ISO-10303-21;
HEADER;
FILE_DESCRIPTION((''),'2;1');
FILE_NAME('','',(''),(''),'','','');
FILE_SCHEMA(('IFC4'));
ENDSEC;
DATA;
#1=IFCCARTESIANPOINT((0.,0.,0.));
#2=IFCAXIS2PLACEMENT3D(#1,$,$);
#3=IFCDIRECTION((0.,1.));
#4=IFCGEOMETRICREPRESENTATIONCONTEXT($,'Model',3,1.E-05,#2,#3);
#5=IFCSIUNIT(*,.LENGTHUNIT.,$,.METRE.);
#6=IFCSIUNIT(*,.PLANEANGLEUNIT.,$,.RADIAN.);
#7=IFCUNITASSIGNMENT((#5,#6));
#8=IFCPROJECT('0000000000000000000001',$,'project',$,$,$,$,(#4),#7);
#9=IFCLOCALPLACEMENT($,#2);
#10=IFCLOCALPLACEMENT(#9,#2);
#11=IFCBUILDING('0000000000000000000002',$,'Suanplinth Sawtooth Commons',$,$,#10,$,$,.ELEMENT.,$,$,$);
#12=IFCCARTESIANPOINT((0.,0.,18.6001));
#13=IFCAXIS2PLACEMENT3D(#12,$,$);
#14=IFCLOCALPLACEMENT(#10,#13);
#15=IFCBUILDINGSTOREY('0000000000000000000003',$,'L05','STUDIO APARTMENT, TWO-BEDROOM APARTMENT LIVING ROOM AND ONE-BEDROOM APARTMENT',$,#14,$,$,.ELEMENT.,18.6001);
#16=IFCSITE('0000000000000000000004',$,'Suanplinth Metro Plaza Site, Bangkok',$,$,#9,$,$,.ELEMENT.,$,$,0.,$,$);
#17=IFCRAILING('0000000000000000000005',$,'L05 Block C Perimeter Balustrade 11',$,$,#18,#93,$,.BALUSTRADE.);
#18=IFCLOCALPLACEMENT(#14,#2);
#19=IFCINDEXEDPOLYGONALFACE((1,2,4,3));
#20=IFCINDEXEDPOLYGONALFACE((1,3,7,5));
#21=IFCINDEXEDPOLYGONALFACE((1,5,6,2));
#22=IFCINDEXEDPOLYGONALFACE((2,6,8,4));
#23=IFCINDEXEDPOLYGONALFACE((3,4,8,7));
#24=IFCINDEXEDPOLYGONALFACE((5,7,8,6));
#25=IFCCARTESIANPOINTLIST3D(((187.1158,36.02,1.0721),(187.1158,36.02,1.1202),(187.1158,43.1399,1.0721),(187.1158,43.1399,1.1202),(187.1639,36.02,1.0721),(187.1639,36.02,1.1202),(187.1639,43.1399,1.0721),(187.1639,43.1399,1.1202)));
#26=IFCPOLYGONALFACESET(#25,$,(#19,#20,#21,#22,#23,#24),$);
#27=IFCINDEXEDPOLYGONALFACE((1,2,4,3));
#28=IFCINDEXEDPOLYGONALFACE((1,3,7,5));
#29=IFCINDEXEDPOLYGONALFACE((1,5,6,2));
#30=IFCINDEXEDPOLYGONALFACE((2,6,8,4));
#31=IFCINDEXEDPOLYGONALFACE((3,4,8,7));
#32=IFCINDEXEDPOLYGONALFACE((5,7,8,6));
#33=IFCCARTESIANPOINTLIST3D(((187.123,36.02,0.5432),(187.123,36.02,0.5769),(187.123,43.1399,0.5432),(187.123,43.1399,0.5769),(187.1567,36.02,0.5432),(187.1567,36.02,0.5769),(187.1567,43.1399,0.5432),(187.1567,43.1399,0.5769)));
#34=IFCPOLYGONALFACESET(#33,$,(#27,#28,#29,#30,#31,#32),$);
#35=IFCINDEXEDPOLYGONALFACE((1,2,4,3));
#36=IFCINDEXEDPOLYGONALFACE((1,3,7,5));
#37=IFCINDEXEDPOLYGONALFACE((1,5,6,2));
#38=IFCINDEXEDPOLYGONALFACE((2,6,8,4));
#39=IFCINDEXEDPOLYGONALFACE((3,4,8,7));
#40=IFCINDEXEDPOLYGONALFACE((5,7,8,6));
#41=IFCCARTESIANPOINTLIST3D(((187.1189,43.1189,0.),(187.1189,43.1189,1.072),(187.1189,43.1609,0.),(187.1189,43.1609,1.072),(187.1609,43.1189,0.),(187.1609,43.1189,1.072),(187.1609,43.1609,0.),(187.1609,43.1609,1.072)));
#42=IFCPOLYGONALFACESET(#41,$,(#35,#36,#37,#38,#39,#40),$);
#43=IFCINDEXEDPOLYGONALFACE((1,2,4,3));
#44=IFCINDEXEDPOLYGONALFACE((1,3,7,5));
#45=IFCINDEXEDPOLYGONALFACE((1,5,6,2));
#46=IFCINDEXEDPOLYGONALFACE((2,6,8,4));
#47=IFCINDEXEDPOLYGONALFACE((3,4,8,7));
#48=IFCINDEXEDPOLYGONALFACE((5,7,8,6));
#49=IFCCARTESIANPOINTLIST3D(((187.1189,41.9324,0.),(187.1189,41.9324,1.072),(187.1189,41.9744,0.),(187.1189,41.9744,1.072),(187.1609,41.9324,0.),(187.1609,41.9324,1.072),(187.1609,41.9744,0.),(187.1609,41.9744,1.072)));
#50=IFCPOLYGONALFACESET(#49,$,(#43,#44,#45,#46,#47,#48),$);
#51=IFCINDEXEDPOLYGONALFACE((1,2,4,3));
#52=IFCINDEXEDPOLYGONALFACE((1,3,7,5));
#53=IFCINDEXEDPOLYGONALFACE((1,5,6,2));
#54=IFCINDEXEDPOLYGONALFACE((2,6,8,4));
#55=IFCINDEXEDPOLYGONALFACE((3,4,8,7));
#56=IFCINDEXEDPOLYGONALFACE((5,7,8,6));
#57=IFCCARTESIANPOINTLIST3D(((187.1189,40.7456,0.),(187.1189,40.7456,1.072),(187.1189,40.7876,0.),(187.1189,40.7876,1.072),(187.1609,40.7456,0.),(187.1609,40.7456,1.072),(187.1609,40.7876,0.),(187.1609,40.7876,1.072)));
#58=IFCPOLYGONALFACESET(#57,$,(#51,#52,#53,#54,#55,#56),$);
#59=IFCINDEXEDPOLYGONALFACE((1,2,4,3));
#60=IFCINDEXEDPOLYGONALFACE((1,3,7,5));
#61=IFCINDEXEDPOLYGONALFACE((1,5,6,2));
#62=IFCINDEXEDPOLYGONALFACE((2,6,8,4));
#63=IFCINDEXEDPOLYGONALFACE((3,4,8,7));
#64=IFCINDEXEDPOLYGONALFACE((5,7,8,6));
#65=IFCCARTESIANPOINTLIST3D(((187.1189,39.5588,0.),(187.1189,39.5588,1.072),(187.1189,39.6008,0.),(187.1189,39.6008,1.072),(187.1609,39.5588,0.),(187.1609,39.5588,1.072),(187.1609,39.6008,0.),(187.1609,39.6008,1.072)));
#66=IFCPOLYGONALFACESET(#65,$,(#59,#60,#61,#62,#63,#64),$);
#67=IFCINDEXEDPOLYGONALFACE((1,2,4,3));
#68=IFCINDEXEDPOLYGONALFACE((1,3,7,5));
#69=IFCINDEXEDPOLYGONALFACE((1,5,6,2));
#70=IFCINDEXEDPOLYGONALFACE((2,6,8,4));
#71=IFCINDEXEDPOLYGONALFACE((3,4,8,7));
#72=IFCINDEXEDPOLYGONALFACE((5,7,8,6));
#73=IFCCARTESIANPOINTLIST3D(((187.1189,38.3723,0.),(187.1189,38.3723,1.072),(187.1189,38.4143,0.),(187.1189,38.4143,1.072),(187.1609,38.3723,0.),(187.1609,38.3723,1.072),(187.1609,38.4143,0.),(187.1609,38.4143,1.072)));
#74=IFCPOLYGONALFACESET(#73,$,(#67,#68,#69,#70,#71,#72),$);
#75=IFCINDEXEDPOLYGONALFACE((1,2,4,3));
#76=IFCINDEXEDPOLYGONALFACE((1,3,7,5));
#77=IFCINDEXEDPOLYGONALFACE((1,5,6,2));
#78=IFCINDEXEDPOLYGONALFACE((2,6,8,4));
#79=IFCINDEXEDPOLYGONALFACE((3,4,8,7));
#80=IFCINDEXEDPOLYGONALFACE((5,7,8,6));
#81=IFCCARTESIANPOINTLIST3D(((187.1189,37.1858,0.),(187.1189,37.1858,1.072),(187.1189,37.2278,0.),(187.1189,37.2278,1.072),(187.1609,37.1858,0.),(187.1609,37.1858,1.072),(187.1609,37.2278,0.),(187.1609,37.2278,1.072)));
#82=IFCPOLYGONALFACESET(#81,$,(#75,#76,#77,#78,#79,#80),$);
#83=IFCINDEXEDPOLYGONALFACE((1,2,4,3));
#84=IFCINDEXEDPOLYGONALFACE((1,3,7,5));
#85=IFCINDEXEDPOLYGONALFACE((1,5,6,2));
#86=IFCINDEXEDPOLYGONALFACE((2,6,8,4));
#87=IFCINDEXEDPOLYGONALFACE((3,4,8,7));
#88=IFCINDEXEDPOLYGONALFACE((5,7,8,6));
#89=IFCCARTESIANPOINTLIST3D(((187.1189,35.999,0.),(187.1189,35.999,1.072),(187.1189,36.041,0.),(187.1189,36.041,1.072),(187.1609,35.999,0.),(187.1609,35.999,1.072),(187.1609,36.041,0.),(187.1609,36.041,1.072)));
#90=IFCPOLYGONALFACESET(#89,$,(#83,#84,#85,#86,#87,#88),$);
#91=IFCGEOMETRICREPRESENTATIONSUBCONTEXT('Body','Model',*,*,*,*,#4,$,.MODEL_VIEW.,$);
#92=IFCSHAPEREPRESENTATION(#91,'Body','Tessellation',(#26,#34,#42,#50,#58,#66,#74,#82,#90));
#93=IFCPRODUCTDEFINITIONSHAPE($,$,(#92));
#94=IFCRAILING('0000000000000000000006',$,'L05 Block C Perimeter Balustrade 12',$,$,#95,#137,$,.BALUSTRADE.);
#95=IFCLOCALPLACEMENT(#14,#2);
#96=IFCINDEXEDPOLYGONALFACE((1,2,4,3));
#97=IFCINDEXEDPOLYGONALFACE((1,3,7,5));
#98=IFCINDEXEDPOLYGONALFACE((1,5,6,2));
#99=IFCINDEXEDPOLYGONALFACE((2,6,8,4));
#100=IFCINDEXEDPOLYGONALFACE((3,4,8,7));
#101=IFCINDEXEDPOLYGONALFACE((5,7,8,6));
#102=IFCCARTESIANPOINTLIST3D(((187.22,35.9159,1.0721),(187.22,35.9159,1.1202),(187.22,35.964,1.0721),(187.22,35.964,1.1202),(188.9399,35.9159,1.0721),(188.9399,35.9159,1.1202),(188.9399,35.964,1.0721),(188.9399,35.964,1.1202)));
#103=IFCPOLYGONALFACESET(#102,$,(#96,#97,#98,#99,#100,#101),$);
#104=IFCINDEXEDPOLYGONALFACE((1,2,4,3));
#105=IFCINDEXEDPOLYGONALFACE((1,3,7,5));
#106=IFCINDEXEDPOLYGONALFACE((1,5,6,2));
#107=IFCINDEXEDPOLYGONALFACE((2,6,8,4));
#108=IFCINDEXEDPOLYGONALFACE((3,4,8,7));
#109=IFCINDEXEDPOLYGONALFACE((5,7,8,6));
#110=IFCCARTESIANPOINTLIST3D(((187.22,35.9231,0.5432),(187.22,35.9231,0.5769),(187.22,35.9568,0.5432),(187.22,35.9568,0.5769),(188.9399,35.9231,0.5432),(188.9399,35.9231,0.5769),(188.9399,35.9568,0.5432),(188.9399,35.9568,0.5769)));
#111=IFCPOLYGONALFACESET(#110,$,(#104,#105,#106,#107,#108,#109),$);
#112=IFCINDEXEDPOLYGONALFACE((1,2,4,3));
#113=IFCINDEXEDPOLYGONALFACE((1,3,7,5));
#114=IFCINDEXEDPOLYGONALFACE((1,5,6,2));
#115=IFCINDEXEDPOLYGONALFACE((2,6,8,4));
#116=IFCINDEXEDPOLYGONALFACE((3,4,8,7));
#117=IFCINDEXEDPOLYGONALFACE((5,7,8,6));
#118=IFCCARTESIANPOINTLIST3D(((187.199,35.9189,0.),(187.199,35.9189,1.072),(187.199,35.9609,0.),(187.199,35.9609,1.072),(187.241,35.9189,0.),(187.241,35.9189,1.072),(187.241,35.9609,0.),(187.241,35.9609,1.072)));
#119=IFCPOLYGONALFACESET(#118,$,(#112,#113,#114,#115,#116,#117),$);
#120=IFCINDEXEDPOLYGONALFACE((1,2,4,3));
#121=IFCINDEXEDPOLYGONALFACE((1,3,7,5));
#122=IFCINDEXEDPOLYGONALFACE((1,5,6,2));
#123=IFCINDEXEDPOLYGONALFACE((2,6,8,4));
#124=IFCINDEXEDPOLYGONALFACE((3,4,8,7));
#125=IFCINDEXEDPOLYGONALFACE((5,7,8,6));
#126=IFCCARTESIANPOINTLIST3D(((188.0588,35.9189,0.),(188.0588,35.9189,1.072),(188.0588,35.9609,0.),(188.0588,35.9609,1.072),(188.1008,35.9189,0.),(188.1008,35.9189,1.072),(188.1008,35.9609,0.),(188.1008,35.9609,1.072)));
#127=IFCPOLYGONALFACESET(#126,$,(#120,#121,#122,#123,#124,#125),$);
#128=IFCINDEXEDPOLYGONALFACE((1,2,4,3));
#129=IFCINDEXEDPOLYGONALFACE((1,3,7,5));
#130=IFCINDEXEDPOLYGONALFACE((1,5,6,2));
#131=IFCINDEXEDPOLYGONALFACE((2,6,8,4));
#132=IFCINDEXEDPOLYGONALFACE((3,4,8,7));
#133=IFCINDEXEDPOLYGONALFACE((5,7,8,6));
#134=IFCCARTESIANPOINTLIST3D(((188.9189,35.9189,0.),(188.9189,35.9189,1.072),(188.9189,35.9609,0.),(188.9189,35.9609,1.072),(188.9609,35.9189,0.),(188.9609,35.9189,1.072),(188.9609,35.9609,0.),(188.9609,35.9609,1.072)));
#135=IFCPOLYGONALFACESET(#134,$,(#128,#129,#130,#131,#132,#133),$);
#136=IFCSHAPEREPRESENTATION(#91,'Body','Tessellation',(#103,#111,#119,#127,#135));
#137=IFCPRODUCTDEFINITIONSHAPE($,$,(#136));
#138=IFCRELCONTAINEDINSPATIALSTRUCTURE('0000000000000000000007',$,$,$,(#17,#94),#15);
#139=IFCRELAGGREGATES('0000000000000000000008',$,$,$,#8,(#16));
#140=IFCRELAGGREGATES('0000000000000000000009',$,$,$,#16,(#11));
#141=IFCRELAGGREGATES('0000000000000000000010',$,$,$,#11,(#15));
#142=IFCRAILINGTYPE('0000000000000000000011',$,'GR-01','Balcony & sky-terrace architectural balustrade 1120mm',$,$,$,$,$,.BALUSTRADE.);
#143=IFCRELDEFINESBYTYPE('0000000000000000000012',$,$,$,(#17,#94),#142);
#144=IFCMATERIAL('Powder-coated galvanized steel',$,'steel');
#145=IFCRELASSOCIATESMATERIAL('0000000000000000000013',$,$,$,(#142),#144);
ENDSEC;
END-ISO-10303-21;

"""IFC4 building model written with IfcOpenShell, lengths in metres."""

from ifc_helpers import new_model, si_unit, direction, frame, origin, origin_2d, place, context, subcontext, project, spatial, rectangle, extrude, material, type_object, element, save


model = new_model("IFC4")

# Units and contexts
model_context = context("Model", 3, precision=1e-05, world=origin(), true_north=direction((0.0, 1.0)))
body_context = subcontext(model_context, "Body", "Model", "MODEL_VIEW")
ifc_project = project(units=[si_unit("LENGTHUNIT", "METRE"), si_unit("PLANEANGLEUNIT", "RADIAN")], contexts=[model_context])

# Site, building, storey
site_placement = place(None, origin())
site = spatial("IfcSite", under=ifc_project, at=site_placement, Name="Suanplinth Metro Plaza Site, Bangkok", CompositionType="ELEMENT", RefElevation=0.0)
building_placement = place(site_placement, origin())
building = spatial("IfcBuilding", under=site, at=building_placement, Name="Suanplinth Sawtooth Commons", CompositionType="ELEMENT")
storey_placement = place(building_placement, frame((0.0, 0.0, 18.6001)))
storey = spatial("IfcBuildingStorey", under=building, at=storey_placement, Name="L05", Description="STUDIO APARTMENT, TWO-BEDROOM APARTMENT LIVING ROOM AND ONE-BEDROOM APARTMENT", CompositionType="ELEMENT", Elevation=18.6001)

# Railings
ifc_material_1 = material(Name="Powder-coated galvanized steel", Category="steel")
railing_type = type_object("IfcRailingType", Name="GR-01", Description="Balcony & sky-terrace architectural balustrade 1120mm", PredefinedType="BALUSTRADE", material=ifc_material_1)
railing_1_placement = place(storey_placement, frame((187.1399, 43.1399, 0.0)))
element("IfcRailing", 1, at=railing_1_placement, inside=storey, type_object=railing_type, Name="L05 Block C Perimeter Balustrade 11", PredefinedType="BALUSTRADE", context=body_context, shape_type="SweptSolid", body=[
    extrude(rectangle(XDim=0.0481, YDim=0.0481, at=origin_2d()), frame((0.0, 0.0, 1.0962), z_axis=(0.0, -1.0, 0.0), x_axis=(1.0, 0.0, 0.0)), (0.0, 0.0, 1.0), 7.1199),
    extrude(rectangle(XDim=0.0337, YDim=0.0337, at=origin_2d()), frame((0.0, 0.0, 0.5601), z_axis=(0.0, -1.0, 0.0), x_axis=(1.0, 0.0, 0.0)), (0.0, 0.0, 1.0), 7.1199),
    extrude(rectangle(XDim=0.042, YDim=0.042, at=origin_2d()), origin(), (0.0, 0.0, 1.0), 1.072),
    extrude(rectangle(XDim=0.042, YDim=0.042, at=origin_2d()), frame((0.0, -1.1865, 0.0)), (0.0, 0.0, 1.0), 1.072),
    extrude(rectangle(XDim=0.042, YDim=0.042, at=origin_2d()), frame((0.0, -2.3733, 0.0)), (0.0, 0.0, 1.0), 1.072),
    extrude(rectangle(XDim=0.042, YDim=0.042, at=origin_2d()), frame((0.0, -3.5601, 0.0)), (0.0, 0.0, 1.0), 1.072),
    extrude(rectangle(XDim=0.042, YDim=0.042, at=origin_2d()), frame((0.0, -4.7466, 0.0)), (0.0, 0.0, 1.0), 1.072),
    extrude(rectangle(XDim=0.042, YDim=0.042, at=origin_2d()), frame((0.0, -5.9331, 0.0)), (0.0, 0.0, 1.0), 1.072),
    extrude(rectangle(XDim=0.042, YDim=0.042, at=origin_2d()), frame((0.0, -7.1199, 0.0)), (0.0, 0.0, 1.0), 1.072),
])
railing_2_placement = place(storey_placement, frame((187.22, 35.9399, 0.0)))
element("IfcRailing", 2, at=railing_2_placement, inside=storey, type_object=railing_type, Name="L05 Block C Perimeter Balustrade 12", PredefinedType="BALUSTRADE", context=body_context, shape_type="SweptSolid", body=[
    extrude(rectangle(XDim=0.0481, YDim=0.0481, at=origin_2d()), frame((0.0, 0.0, 1.0962), z_axis=(1.0, 0.0, 0.0), x_axis=(0.0, 1.0, 0.0)), (0.0, 0.0, 1.0), 1.72),
    extrude(rectangle(XDim=0.0337, YDim=0.0337, at=origin_2d()), frame((0.0, 0.0, 0.5601), z_axis=(1.0, 0.0, 0.0), x_axis=(0.0, 1.0, 0.0)), (0.0, 0.0, 1.0), 1.72),
    extrude(rectangle(XDim=0.042, YDim=0.042, at=origin_2d()), origin(), (0.0, 0.0, 1.0), 1.072),
    extrude(rectangle(XDim=0.042, YDim=0.042, at=origin_2d()), frame((0.8599, 0.0, 0.0)), (0.0, 0.0, 1.0), 1.072),
    extrude(rectangle(XDim=0.042, YDim=0.042, at=origin_2d()), frame((1.72, 0.0, 0.0)), (0.0, 0.0, 1.0), 1.072),
])

save(model, "model.ifc")
